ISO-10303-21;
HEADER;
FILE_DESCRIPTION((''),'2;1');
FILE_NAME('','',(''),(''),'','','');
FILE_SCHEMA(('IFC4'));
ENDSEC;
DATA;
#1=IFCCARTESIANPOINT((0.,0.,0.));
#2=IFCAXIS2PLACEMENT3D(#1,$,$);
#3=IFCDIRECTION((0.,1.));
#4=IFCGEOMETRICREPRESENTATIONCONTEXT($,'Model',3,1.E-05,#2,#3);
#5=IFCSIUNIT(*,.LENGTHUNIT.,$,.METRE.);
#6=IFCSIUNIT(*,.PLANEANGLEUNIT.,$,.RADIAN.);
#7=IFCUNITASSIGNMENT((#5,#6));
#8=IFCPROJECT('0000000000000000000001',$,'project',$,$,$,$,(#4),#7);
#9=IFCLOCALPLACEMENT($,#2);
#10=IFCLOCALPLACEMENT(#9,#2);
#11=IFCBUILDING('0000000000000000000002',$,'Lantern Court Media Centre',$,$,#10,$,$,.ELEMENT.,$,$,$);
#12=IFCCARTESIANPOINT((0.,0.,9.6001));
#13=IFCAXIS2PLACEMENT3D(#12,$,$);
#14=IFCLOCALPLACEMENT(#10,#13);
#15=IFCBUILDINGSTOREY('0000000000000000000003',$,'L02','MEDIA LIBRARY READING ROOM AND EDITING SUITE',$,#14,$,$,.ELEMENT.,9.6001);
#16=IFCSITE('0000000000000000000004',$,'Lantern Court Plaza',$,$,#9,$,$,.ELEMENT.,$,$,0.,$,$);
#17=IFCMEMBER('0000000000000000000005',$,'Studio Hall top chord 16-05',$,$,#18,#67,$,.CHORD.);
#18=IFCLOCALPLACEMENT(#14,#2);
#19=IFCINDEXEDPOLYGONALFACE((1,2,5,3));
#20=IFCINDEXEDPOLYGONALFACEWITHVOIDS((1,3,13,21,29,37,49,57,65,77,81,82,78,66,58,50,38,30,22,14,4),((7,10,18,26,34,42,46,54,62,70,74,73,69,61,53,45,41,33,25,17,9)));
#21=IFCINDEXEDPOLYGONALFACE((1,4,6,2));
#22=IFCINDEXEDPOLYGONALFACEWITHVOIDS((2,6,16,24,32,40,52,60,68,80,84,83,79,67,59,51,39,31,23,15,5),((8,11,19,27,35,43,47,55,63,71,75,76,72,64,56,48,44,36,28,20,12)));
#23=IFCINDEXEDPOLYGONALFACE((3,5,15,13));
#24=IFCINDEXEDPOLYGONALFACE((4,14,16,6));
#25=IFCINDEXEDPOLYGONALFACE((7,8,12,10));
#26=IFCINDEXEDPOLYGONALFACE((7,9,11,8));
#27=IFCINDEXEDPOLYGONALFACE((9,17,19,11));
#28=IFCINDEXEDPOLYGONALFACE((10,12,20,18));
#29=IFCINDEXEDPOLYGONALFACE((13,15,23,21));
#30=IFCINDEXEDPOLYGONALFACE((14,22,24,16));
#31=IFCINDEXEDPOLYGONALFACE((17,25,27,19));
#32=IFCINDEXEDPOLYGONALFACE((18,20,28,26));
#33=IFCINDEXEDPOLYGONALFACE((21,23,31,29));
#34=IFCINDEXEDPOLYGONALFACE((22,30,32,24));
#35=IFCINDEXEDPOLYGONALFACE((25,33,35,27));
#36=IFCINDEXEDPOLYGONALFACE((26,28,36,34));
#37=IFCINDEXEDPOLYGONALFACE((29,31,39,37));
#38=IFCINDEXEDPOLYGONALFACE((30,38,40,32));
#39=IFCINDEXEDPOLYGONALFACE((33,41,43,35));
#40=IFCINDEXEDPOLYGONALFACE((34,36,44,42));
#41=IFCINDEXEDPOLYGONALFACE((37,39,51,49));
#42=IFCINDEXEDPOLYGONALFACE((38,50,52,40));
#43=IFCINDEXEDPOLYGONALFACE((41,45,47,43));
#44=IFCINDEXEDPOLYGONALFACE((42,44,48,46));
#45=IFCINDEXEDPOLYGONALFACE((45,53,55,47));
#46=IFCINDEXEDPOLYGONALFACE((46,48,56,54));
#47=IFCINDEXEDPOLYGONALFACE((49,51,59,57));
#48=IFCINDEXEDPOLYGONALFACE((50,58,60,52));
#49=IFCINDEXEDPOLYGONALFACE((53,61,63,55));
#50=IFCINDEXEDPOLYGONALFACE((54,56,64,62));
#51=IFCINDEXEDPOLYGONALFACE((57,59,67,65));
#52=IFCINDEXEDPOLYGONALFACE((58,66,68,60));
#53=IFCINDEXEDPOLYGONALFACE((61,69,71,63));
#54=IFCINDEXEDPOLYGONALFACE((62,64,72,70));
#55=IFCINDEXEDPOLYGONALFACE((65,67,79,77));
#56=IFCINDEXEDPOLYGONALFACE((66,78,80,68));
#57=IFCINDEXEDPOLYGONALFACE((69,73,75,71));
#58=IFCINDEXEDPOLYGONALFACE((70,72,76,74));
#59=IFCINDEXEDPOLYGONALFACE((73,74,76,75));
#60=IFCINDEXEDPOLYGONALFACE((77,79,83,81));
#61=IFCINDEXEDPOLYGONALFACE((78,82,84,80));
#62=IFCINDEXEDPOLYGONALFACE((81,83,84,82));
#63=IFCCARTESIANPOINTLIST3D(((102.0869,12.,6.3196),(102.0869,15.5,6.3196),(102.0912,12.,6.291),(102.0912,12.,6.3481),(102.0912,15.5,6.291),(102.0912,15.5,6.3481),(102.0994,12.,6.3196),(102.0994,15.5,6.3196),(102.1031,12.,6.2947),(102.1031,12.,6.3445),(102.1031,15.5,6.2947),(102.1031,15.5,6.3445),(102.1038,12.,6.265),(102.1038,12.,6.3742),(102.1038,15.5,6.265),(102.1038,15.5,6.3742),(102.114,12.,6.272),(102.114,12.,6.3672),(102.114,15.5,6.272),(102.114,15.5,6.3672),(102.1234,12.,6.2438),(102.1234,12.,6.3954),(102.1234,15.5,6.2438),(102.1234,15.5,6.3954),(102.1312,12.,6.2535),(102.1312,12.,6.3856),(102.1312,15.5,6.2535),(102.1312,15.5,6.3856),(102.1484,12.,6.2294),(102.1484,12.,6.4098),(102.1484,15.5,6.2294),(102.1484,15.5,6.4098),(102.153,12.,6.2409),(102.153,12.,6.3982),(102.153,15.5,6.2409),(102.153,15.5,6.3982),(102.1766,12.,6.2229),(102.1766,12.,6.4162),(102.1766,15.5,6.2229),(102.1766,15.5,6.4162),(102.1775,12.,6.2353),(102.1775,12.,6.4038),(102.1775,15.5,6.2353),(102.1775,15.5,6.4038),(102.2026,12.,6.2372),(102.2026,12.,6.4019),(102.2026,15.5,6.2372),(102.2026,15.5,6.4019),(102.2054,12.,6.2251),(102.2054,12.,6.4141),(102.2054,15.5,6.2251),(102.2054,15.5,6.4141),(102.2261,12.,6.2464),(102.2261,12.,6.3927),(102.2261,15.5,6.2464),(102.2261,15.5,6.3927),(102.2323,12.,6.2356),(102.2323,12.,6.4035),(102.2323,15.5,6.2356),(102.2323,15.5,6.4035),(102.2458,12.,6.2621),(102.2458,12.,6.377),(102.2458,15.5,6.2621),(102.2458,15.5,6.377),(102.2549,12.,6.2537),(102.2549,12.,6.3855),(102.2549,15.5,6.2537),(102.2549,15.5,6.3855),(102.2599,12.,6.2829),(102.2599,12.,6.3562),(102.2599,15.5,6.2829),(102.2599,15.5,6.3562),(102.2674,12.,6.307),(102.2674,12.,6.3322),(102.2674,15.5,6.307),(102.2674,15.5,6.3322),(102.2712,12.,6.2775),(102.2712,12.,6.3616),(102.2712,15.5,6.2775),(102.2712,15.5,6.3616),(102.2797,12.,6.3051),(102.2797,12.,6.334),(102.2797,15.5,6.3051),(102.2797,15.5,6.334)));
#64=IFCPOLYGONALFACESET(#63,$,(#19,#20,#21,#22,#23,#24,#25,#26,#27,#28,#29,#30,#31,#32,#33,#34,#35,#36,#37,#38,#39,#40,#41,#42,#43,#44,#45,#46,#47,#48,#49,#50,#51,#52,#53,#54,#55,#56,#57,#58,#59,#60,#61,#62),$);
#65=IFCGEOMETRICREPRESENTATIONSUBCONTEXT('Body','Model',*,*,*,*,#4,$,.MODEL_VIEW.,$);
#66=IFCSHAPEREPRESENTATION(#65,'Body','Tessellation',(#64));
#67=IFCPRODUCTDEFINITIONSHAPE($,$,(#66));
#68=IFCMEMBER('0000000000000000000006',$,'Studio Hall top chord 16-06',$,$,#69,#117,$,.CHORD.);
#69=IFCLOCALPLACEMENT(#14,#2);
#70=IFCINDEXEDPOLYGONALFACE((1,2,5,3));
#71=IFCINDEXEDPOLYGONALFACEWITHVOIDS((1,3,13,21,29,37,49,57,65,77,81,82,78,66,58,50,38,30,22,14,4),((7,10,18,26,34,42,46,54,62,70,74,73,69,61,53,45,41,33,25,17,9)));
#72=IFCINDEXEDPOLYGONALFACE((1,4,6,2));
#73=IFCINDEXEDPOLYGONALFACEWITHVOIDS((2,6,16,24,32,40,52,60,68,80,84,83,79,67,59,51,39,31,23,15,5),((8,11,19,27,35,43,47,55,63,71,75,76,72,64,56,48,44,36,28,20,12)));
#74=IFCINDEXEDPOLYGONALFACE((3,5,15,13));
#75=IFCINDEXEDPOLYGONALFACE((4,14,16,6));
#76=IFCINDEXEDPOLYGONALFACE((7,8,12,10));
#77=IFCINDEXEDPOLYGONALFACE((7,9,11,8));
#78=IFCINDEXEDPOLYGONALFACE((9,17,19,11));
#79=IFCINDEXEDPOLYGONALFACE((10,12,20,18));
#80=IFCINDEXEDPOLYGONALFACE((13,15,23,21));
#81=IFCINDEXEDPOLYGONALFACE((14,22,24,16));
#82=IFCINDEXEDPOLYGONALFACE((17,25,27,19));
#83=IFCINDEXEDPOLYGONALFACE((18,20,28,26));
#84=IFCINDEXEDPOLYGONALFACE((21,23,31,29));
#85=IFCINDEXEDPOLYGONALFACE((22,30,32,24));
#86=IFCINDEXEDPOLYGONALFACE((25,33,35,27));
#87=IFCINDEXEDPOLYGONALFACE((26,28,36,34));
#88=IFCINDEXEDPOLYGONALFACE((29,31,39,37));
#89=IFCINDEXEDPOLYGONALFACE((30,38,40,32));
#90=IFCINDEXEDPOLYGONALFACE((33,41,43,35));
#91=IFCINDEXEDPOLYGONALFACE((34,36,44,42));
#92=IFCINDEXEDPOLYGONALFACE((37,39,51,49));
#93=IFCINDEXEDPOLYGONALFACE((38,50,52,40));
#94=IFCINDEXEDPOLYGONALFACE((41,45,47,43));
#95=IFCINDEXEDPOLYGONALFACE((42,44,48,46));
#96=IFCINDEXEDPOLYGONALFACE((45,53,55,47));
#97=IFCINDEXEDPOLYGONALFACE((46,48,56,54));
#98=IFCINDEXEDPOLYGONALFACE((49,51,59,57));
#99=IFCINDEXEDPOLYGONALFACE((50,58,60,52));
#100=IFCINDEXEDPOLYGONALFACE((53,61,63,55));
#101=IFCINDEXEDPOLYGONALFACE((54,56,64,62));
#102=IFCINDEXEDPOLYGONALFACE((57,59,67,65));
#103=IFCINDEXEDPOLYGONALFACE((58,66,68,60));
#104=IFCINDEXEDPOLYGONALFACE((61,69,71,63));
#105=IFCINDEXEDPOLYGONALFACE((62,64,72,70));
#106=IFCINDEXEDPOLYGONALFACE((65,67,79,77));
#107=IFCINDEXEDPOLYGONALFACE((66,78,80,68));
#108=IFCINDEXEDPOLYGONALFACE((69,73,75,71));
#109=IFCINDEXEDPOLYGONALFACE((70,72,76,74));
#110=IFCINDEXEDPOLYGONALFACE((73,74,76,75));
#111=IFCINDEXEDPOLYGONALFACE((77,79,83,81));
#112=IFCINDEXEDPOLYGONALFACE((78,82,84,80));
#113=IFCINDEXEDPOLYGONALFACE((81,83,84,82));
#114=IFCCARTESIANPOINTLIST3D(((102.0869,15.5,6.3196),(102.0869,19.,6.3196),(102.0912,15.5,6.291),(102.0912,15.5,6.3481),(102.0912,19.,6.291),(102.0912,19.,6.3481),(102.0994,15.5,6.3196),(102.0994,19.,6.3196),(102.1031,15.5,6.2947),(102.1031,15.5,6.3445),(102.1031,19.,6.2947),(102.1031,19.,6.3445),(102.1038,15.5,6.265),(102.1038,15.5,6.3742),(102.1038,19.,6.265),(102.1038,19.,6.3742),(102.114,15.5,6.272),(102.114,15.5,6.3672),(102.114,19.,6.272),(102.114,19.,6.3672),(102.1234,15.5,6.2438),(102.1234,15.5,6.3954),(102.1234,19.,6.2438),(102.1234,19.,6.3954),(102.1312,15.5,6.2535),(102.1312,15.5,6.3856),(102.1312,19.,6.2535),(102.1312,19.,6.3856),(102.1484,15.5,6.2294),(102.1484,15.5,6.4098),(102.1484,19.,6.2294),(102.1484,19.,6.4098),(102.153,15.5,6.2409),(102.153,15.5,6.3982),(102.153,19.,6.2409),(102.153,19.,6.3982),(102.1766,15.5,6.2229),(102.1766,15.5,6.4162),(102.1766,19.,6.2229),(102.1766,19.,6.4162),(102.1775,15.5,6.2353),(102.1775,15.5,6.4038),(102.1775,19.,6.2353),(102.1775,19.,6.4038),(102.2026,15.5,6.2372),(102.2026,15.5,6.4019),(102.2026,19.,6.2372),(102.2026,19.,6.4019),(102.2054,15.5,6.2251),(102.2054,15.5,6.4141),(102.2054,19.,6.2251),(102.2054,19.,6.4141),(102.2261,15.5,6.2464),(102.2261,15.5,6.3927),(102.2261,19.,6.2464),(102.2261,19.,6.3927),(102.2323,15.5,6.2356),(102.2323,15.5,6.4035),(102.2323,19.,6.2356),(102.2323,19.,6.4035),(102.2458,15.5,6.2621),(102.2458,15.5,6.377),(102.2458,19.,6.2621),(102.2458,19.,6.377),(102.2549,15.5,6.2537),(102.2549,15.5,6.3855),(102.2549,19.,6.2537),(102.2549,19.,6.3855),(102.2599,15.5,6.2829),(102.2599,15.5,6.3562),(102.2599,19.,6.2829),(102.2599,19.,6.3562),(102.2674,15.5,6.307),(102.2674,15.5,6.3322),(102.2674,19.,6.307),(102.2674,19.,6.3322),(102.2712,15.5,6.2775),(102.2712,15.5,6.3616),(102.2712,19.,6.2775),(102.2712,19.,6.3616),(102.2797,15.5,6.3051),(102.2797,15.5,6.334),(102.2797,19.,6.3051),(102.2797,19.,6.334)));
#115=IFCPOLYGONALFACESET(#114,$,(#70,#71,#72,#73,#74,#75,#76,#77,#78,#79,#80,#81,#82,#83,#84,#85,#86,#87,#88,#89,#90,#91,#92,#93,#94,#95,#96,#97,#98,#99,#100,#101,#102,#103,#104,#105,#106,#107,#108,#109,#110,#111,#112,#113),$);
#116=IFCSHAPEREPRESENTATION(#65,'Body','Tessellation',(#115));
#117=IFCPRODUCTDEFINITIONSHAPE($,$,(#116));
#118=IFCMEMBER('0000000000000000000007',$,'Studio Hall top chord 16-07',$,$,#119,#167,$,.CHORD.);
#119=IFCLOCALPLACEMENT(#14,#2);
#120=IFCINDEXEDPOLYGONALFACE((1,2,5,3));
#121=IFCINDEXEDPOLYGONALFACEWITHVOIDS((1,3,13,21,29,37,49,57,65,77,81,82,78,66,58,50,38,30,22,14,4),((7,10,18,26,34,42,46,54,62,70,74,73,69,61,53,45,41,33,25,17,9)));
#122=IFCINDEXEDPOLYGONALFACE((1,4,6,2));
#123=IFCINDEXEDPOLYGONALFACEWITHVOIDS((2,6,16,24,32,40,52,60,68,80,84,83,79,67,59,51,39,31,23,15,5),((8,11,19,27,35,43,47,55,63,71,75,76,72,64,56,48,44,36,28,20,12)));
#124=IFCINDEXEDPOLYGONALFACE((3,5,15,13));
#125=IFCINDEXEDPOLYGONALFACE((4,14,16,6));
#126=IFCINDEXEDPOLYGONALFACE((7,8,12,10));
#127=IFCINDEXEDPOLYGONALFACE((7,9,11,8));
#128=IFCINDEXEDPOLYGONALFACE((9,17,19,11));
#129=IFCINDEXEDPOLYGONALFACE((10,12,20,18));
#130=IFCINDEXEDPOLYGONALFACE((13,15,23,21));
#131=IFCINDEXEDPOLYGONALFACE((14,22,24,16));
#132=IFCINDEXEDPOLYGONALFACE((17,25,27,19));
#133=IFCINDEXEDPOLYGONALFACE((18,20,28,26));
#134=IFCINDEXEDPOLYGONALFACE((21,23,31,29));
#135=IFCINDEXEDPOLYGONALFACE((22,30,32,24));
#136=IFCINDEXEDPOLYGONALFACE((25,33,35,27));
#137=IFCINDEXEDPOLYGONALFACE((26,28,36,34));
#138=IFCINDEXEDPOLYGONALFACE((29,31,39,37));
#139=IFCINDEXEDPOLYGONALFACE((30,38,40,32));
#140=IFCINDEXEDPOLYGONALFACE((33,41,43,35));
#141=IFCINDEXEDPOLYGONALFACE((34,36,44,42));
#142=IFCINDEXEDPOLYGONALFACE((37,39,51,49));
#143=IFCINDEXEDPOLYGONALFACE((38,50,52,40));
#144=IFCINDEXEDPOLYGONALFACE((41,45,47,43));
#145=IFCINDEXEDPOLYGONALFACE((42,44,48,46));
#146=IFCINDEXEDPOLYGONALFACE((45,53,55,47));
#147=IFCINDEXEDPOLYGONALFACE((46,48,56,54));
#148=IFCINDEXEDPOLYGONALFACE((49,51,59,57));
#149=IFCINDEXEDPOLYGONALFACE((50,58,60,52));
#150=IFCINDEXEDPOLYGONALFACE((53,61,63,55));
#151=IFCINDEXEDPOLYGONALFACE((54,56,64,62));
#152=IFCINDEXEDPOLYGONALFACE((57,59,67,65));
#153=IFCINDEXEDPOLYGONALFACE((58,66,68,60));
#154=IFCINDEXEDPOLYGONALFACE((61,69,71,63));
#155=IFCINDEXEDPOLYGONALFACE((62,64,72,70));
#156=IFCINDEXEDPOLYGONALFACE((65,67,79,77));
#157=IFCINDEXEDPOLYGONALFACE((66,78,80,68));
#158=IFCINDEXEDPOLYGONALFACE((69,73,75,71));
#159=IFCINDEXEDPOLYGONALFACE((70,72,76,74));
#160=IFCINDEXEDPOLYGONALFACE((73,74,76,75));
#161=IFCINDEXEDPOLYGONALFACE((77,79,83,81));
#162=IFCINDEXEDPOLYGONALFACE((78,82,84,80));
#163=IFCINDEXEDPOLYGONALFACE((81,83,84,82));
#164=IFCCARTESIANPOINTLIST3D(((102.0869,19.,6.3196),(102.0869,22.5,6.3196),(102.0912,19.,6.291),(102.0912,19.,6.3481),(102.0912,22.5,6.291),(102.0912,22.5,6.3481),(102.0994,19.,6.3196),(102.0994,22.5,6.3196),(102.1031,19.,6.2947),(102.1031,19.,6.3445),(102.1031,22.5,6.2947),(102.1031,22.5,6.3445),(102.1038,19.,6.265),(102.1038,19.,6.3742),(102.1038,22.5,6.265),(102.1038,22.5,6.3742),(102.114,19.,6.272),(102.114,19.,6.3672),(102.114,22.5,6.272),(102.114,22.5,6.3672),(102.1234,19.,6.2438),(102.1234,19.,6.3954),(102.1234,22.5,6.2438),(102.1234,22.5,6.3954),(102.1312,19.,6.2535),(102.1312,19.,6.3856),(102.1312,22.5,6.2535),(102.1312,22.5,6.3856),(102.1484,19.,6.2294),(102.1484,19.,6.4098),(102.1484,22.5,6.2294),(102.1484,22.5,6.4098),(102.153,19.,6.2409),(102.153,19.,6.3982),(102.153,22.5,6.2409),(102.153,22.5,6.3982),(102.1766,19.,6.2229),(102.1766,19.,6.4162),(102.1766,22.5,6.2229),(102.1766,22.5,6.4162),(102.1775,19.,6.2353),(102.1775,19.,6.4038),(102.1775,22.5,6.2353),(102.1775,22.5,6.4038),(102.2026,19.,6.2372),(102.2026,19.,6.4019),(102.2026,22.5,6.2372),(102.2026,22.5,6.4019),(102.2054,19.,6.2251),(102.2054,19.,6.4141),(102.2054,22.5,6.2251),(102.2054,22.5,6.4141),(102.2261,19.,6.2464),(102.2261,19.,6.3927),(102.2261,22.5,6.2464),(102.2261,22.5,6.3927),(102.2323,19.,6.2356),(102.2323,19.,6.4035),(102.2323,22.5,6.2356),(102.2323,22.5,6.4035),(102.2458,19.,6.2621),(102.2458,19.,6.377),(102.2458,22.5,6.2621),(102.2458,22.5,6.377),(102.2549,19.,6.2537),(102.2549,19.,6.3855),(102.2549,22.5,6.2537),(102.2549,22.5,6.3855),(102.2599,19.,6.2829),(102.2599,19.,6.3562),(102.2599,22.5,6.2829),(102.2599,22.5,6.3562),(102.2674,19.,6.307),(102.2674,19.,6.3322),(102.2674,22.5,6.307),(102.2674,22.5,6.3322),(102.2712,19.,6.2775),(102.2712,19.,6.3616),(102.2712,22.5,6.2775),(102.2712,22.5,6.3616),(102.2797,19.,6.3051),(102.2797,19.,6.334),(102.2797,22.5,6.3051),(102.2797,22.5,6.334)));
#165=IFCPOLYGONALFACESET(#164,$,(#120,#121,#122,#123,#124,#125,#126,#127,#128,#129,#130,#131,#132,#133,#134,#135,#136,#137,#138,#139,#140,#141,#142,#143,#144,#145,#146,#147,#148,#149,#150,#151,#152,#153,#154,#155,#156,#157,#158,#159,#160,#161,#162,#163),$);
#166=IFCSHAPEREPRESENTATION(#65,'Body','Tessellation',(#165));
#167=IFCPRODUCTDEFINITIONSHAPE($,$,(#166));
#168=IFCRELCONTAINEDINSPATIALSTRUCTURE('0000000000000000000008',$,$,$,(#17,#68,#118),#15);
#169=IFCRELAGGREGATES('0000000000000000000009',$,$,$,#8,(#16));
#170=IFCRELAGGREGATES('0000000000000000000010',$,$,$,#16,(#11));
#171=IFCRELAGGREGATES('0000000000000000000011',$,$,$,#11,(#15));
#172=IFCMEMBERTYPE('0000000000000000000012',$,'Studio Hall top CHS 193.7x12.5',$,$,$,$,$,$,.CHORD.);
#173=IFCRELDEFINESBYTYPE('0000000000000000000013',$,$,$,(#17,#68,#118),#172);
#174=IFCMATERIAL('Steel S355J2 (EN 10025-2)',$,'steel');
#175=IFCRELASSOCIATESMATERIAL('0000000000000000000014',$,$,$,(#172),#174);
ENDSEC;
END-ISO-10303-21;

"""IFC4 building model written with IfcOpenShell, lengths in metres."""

from ifc_helpers import new_model, si_unit, direction, frame, origin, origin_2d, place, context, subcontext, project, spatial, hollow_circle, extrude, material, material_profile, profile_set, type_object, element, save


model = new_model("IFC4")

# Units and contexts
model_context = context("Model", 3, precision=1e-05, world=origin(), true_north=direction((0.0, 1.0)))
body_context = subcontext(model_context, "Body", "Model", "MODEL_VIEW")
ifc_project = project(units=[si_unit("LENGTHUNIT", "METRE"), si_unit("PLANEANGLEUNIT", "RADIAN")], contexts=[model_context])

# Site, building, storey
site_placement = place(None, origin())
site = spatial("IfcSite", under=ifc_project, at=site_placement, Name="Lantern Court Plaza", CompositionType="ELEMENT", RefElevation=0.0)
building_placement = place(site_placement, origin())
building = spatial("IfcBuilding", under=site, at=building_placement, Name="Lantern Court Media Centre", CompositionType="ELEMENT")
storey_placement = place(building_placement, frame((0.0, 0.0, 9.6001)))
storey = spatial("IfcBuildingStorey", under=building, at=storey_placement, Name="L02", Description="MEDIA LIBRARY READING ROOM AND EDITING SUITE", CompositionType="ELEMENT", Elevation=9.6001)

# Shared definitions
ifc_material_1 = material(Name="Steel S355J2 (EN 10025-2)", Category="steel")

# Members
ifc_material_profile_1 = material_profile(ifc_material_1, hollow_circle(Radius=0.0969, WallThickness=0.0125, at=origin_2d()), Name="Studio Hall top CHS 193.7x12.5")
ifc_profile_set_1 = profile_set([ifc_material_profile_1], Name="Steel S355J2 (EN 10025-2)")
member_type_1 = type_object("IfcMemberType", Name="Studio Hall top CHS 193.7x12.5", PredefinedType="CHORD", material=ifc_profile_set_1)
for number, where, z_axis, x_axis, name in (
    (1, (102.1838, 12.0, 6.3196), (0.0, 1.0, 0.0), (-1.0, 0.0, 0.0), "Studio Hall top chord 16-05"),
    (2, (102.1838, 15.5, 6.3196), (0.0, 1.0, 0.0), (-1.0, 0.0, 0.0), "Studio Hall top chord 16-06"),
    (3, (102.1838, 19.0, 6.3196), (0.0, 1.0, 0.0), (-1.0, 0.0, 0.0), "Studio Hall top chord 16-07"),
):
    element("IfcMember", number, at=place(storey_placement, frame(where, z_axis=z_axis, x_axis=x_axis)), inside=storey, type_object=member_type_1, Name=name, PredefinedType="CHORD", context=body_context, shape_type="SweptSolid", body=[
        extrude(hollow_circle(Radius=0.0969, WallThickness=0.0125, at=origin_2d()), origin(), (0.0, 0.0, 1.0), 3.5),
    ])

save(model, "model.ifc")
